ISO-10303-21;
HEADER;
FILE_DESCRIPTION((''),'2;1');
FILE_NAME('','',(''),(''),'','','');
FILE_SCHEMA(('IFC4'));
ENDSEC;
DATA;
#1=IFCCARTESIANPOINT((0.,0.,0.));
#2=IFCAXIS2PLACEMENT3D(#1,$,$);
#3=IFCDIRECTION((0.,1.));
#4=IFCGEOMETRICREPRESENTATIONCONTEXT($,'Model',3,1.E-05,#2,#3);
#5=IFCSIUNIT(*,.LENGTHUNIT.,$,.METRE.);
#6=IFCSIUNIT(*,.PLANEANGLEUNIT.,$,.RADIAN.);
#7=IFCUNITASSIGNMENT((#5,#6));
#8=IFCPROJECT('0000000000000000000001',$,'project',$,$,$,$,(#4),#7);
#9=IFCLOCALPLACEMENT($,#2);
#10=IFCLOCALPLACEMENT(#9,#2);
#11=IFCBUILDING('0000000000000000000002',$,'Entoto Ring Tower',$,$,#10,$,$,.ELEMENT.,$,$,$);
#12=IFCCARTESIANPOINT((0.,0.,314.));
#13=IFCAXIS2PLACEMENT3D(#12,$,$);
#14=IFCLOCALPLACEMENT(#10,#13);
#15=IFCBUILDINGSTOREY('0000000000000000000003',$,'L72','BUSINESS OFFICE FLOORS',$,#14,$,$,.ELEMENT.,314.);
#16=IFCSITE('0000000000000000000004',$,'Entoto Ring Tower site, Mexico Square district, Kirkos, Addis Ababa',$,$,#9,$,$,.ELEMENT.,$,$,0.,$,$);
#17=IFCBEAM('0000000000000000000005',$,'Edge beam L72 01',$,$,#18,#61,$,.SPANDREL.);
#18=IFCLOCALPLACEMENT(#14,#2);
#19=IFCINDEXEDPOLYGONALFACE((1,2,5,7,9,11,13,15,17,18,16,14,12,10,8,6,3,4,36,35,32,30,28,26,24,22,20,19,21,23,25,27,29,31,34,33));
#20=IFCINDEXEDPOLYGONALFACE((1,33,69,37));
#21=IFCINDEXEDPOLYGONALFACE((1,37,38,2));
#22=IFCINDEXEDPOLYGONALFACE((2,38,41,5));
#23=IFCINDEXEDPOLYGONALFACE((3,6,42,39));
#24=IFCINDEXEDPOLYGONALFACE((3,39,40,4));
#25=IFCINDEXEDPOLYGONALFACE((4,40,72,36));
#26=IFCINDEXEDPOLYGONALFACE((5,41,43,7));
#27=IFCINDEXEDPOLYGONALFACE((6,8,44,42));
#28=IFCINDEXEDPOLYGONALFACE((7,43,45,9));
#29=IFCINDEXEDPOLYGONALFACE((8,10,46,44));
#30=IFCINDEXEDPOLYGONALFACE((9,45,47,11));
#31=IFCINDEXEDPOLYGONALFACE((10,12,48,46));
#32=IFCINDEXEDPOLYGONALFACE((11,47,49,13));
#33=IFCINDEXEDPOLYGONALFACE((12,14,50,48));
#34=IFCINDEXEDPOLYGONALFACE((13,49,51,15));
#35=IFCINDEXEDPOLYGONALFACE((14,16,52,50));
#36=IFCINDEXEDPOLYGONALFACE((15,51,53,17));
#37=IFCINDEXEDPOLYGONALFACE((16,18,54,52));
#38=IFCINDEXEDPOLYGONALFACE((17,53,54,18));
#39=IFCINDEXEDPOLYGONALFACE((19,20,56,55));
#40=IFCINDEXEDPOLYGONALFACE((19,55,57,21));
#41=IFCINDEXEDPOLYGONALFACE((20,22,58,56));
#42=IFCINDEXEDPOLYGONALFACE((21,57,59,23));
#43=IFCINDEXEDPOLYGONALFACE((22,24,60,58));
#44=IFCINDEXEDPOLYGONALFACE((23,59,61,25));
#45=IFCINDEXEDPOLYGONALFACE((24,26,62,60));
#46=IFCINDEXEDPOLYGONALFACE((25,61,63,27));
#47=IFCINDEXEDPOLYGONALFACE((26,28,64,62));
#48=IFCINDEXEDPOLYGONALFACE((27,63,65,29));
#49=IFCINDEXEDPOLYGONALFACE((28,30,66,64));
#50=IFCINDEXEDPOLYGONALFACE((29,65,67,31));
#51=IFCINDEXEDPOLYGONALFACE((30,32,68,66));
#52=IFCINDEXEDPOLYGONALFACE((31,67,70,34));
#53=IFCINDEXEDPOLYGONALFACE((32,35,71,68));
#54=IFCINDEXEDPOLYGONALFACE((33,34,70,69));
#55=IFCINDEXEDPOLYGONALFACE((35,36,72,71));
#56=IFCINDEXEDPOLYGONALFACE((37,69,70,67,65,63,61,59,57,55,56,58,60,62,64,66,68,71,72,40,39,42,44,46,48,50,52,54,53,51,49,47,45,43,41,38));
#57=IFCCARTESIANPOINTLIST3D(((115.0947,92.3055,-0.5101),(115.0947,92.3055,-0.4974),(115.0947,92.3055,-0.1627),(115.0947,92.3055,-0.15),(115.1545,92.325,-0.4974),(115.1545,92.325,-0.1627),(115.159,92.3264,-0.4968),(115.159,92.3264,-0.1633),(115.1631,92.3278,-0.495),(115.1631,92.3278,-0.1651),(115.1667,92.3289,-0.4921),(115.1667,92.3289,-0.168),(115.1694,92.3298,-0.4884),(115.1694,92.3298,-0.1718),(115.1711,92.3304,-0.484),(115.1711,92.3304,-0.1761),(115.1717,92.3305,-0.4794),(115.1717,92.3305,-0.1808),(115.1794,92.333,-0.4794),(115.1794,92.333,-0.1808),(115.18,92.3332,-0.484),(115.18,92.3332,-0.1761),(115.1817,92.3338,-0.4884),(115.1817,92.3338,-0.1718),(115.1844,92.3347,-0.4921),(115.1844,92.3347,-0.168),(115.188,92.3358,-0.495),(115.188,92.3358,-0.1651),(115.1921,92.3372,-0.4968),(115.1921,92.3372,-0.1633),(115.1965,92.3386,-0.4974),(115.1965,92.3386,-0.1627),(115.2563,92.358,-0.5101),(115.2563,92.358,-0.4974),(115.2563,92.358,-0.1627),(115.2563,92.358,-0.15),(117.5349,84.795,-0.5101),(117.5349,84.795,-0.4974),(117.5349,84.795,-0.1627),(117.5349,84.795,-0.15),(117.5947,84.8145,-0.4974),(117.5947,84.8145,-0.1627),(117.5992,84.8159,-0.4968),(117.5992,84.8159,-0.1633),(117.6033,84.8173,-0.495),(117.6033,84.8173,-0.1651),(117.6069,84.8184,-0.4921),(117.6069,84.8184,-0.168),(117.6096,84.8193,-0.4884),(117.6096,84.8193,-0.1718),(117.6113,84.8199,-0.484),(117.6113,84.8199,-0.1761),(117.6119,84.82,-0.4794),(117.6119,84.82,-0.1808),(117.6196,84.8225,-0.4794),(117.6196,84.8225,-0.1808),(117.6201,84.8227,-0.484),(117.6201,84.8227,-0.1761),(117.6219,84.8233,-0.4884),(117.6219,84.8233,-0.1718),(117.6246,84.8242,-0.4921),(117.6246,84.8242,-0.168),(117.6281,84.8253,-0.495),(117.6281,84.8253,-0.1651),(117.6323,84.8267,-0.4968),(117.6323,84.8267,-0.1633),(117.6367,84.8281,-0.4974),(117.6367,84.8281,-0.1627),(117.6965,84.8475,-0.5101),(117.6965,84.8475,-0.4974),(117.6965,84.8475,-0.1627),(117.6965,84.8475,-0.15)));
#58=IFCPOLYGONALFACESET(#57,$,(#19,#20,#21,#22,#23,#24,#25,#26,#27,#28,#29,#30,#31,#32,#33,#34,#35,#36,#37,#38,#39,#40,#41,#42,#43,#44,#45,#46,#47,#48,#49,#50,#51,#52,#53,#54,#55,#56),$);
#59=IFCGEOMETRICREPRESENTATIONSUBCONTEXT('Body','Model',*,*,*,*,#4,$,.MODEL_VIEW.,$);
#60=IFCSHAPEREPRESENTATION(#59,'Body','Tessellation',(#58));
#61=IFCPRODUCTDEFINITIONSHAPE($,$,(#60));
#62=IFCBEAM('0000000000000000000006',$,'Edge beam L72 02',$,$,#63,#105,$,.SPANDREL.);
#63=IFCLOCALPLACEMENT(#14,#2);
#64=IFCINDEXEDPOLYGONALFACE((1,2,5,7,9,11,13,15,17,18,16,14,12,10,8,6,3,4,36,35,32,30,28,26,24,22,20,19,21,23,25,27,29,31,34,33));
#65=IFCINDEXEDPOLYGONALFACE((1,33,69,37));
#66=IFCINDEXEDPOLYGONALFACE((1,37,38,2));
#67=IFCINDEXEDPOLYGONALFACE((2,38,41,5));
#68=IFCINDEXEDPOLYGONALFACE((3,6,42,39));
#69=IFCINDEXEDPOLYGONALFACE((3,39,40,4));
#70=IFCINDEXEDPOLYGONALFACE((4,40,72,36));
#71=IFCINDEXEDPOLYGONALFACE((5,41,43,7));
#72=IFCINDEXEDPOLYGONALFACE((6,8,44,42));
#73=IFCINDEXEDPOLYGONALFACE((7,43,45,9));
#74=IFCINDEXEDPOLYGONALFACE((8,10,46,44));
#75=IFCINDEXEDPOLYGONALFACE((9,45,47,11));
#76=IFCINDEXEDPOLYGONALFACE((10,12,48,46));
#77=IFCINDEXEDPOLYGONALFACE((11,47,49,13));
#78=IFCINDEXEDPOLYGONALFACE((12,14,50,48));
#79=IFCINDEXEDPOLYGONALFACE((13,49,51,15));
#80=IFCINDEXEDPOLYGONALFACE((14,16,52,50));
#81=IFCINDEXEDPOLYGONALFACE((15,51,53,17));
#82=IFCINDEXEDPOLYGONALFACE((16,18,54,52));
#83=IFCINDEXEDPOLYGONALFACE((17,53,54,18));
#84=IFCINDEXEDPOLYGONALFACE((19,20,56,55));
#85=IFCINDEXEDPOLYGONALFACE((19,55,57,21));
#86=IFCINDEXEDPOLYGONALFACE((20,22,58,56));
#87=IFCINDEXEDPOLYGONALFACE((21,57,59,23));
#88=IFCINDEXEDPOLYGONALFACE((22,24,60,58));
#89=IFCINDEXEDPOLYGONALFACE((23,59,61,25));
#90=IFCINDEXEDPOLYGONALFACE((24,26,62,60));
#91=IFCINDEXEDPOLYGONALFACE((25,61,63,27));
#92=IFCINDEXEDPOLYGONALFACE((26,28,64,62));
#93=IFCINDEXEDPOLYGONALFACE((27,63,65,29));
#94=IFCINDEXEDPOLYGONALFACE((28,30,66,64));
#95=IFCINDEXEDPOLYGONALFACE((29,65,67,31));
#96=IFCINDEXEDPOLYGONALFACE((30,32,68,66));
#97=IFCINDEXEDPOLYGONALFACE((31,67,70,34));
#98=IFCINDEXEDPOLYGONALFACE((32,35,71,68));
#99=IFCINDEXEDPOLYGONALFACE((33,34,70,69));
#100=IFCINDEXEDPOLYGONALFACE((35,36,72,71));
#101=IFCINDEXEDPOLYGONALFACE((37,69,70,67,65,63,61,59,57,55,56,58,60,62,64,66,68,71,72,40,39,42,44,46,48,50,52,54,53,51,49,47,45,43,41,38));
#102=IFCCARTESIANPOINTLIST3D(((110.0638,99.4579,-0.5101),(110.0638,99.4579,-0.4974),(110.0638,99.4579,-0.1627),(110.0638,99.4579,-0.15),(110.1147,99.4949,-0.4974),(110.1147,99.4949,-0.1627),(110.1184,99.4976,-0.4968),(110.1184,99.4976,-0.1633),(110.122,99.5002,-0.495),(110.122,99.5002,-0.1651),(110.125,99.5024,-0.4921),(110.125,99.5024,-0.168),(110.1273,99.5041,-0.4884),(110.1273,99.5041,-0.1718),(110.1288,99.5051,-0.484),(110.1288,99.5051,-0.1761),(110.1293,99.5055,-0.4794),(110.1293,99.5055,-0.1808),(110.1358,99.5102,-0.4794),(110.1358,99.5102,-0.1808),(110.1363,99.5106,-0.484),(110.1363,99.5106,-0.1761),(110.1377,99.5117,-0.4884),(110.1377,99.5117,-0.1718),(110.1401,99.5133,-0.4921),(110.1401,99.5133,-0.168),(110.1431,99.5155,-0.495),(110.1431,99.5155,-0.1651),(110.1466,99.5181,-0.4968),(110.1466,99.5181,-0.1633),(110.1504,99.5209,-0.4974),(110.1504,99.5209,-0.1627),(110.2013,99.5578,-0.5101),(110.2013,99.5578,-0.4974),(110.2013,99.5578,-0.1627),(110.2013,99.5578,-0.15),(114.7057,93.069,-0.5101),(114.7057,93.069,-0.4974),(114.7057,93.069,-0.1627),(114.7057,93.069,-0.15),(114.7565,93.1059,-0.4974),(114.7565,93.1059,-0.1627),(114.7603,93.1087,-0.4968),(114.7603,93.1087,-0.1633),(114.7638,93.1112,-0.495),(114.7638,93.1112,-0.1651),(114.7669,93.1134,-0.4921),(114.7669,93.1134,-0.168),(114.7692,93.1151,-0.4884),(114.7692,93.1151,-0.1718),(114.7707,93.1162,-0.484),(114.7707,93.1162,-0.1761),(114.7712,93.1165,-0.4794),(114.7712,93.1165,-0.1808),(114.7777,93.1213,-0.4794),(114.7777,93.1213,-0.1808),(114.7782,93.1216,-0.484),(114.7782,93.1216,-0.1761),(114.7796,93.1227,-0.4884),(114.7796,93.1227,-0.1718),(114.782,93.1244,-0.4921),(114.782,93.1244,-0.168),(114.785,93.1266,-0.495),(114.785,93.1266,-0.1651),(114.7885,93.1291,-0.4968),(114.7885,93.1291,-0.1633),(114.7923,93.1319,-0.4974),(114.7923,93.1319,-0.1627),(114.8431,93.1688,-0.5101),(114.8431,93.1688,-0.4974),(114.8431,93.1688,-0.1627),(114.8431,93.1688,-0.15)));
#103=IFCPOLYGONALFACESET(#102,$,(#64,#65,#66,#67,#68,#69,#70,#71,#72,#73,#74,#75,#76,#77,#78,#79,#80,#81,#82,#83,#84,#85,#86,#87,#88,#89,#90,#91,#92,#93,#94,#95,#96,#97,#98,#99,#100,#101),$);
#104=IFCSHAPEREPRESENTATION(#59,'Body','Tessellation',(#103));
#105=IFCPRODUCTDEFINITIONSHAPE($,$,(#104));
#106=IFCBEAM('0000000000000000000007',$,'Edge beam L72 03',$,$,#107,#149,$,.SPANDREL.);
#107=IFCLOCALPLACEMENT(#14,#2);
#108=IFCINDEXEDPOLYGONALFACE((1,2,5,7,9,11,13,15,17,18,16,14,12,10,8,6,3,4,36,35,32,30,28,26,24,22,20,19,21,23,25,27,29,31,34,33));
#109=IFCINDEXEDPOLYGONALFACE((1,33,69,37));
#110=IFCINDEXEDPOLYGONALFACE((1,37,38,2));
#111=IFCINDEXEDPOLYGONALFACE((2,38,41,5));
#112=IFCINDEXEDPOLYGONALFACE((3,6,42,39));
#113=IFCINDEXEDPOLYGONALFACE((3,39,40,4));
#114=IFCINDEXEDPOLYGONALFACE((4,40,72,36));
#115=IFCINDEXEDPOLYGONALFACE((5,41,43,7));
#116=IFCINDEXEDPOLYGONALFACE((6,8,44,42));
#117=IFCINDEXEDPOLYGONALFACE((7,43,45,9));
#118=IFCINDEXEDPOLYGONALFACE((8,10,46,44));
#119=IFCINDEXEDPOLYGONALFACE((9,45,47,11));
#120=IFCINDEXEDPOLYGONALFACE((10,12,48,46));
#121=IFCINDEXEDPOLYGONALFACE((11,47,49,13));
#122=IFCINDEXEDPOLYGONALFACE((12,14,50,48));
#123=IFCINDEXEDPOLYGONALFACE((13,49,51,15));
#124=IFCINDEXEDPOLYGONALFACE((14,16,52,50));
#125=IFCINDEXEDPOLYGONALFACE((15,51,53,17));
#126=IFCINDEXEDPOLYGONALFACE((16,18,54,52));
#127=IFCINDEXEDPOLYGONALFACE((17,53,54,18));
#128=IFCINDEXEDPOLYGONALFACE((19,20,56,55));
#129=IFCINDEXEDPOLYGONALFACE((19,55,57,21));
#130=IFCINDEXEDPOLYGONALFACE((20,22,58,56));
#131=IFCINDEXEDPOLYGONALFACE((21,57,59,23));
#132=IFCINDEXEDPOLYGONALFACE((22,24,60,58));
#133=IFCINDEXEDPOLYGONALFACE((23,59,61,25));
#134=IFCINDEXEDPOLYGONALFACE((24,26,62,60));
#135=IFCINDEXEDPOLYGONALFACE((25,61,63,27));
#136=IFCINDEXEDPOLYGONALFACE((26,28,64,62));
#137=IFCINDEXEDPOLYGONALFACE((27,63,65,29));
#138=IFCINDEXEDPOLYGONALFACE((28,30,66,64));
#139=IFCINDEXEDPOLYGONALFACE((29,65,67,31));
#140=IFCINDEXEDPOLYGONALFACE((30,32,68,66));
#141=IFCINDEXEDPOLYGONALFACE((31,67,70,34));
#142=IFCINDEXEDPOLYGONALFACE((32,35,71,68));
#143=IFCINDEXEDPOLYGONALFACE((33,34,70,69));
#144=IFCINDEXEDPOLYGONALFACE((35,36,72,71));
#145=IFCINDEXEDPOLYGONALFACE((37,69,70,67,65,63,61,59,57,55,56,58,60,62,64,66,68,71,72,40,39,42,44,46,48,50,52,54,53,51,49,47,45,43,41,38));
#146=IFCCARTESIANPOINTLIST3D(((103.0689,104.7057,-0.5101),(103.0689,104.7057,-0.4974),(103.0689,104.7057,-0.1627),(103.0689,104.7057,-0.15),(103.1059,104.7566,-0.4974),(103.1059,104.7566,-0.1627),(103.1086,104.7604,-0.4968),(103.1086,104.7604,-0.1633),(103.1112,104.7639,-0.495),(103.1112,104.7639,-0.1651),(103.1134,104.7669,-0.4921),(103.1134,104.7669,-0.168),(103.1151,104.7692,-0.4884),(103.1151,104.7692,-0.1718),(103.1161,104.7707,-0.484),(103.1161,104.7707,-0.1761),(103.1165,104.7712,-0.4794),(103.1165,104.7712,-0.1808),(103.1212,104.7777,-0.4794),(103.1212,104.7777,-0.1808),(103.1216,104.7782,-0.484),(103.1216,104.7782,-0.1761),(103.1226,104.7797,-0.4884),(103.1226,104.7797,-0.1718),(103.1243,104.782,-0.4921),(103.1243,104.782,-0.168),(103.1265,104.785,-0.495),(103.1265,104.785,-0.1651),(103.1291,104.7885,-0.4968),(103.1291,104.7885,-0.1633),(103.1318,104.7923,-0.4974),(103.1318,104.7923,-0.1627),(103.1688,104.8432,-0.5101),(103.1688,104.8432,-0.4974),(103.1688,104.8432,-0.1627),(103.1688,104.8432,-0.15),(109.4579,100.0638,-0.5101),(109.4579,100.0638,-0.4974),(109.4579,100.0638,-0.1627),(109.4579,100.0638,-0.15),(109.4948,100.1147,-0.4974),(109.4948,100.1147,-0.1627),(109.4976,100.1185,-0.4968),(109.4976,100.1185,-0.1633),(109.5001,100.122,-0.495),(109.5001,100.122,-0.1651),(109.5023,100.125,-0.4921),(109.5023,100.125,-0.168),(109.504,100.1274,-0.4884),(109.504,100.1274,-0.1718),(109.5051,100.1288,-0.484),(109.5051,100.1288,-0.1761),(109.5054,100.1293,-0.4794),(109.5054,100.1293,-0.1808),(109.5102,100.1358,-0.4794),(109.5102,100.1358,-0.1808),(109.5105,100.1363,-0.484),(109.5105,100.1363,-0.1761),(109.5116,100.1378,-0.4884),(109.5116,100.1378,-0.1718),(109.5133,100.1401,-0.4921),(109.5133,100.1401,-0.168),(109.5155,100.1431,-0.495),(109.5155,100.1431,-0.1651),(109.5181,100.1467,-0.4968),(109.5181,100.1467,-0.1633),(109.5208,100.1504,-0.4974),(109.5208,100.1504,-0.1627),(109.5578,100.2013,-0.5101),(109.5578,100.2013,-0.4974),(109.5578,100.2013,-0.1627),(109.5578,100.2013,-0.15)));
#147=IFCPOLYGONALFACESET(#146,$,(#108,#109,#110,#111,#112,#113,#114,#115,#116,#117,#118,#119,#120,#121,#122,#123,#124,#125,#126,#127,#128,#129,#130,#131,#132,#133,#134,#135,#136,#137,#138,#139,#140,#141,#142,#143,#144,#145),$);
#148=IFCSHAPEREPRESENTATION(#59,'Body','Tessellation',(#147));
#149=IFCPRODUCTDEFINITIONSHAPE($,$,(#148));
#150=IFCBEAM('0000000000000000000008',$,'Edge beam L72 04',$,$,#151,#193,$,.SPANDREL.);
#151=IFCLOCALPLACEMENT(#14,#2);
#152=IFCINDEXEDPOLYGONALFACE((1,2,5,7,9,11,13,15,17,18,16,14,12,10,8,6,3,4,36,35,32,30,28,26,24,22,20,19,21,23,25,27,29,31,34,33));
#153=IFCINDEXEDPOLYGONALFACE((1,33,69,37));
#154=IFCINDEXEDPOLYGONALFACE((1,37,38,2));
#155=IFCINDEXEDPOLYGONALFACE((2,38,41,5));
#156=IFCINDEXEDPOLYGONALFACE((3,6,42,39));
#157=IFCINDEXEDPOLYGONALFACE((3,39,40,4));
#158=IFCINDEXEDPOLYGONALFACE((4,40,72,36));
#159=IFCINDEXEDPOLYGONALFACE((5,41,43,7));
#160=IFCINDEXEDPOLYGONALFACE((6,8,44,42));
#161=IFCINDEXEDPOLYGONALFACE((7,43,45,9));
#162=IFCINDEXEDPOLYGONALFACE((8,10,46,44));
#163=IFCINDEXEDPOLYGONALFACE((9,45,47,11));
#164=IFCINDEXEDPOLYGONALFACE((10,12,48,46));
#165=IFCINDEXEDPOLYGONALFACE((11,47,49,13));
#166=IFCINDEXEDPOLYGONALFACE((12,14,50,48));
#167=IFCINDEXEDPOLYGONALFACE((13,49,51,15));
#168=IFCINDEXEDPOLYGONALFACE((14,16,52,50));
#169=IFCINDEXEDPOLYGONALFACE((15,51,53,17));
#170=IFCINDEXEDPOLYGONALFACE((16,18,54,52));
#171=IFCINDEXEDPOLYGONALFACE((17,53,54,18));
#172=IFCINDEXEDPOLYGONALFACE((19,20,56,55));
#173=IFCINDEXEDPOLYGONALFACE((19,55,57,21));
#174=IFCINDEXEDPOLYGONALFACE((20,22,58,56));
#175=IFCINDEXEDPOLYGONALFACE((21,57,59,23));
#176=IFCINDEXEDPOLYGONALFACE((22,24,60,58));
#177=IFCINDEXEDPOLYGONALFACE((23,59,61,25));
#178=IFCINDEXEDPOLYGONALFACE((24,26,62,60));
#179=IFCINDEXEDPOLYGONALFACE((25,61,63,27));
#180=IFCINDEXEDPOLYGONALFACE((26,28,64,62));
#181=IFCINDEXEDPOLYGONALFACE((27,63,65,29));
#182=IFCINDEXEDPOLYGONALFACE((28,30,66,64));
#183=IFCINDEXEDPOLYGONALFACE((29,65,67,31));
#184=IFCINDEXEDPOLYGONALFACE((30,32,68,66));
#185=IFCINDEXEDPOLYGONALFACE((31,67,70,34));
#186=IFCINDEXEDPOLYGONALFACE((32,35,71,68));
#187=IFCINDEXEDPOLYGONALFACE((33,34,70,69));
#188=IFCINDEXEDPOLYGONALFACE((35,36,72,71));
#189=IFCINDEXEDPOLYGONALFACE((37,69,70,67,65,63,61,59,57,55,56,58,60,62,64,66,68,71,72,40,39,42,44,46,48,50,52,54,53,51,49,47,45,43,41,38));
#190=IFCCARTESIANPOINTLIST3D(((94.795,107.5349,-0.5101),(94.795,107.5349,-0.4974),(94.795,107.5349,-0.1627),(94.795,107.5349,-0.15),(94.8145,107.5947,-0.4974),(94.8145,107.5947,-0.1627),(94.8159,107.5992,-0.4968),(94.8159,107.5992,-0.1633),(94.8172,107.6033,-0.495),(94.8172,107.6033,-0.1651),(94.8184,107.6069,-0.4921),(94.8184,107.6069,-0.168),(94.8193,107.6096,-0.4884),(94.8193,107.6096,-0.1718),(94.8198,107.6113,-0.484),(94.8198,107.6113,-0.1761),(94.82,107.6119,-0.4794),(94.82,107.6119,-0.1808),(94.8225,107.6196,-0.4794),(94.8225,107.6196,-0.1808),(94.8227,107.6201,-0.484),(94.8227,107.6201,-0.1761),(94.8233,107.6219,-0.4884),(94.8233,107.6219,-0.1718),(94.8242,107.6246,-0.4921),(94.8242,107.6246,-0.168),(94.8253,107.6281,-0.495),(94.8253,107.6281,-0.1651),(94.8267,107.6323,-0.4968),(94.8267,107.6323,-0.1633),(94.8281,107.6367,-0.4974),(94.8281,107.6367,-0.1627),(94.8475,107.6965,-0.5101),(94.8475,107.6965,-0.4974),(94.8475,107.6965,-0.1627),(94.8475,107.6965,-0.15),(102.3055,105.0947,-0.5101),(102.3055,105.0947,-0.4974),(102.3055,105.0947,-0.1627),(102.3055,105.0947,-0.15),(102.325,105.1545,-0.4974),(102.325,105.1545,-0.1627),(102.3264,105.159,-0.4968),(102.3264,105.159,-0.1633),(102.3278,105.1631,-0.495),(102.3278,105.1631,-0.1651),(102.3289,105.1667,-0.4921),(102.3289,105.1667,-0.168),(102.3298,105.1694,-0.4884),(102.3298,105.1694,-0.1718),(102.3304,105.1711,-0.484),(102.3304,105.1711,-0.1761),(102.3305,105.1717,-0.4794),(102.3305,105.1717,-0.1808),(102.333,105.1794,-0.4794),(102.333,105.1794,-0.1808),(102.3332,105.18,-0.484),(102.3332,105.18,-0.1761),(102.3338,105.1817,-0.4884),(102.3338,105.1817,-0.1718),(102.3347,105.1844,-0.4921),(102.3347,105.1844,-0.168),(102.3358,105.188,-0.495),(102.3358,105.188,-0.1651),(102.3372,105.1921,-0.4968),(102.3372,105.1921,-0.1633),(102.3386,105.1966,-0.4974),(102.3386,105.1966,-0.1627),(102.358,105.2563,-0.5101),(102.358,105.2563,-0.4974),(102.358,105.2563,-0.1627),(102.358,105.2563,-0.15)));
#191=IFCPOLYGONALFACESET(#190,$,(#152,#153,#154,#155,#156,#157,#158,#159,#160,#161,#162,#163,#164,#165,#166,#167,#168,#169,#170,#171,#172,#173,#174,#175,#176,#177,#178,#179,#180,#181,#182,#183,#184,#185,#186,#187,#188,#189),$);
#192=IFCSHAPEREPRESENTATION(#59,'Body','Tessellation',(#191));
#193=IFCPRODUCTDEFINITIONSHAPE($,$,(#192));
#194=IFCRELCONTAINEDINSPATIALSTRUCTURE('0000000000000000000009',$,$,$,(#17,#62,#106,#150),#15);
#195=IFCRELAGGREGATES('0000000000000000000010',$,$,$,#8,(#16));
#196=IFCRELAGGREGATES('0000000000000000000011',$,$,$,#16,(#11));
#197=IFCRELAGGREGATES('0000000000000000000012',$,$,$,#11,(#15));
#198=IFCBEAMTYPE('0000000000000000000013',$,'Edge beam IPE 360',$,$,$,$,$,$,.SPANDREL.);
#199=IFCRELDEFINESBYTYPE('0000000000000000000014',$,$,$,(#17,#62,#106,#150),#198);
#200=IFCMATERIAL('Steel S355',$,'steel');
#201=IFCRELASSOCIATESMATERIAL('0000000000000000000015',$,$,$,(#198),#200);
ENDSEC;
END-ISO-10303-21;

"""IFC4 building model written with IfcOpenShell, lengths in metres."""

from ifc_helpers import new_model, si_unit, direction, frame, origin, origin_2d, place, context, subcontext, project, spatial, i_section, extrude, material, material_profile, profile_set, type_object, element, save


model = new_model("IFC4")

# Units and contexts
model_context = context("Model", 3, precision=1e-05, world=origin(), true_north=direction((0.0, 1.0)))
body_context = subcontext(model_context, "Body", "Model", "MODEL_VIEW")
ifc_project = project(units=[si_unit("LENGTHUNIT", "METRE"), si_unit("PLANEANGLEUNIT", "RADIAN")], contexts=[model_context])

# Site, building, storey
site_placement = place(None, origin())
site = spatial("IfcSite", under=ifc_project, at=site_placement, Name="Entoto Ring Tower site, Mexico Square district, Kirkos, Addis Ababa", CompositionType="ELEMENT", RefElevation=0.0)
building_placement = place(site_placement, origin())
building = spatial("IfcBuilding", under=site, at=building_placement, Name="Entoto Ring Tower", CompositionType="ELEMENT")
storey_placement = place(building_placement, frame((0.0, 0.0, 314.0)))
storey = spatial("IfcBuildingStorey", under=building, at=storey_placement, Name="L72", Description="BUSINESS OFFICE FLOORS", CompositionType="ELEMENT", Elevation=314.0)

# Beams
ifc_material_1 = material(Name="Steel S355", Category="steel")
ifc_material_profile_1 = material_profile(ifc_material_1, i_section(OverallWidth=0.1699, OverallDepth=0.3601, WebThickness=0.0081, FlangeThickness=0.0127, FilletRadius=0.0181, at=origin_2d()), Name="IPE 360")
ifc_profile_set_1 = profile_set([ifc_material_profile_1], Name="Steel S355")
beam_type_1 = type_object("IfcBeamType", Name="Edge beam IPE 360", PredefinedType="SPANDREL", material=ifc_profile_set_1)
beam_1_placement = place(storey_placement, frame((117.6157, 84.8213, -0.3301), z_axis=(-0.309003, 0.951061, 0.0), x_axis=(-0.951061, -0.309003, 0.0)))
element("IfcBeam", 1, at=beam_1_placement, inside=storey, type_object=beam_type_1, Name="Edge beam L72 01", PredefinedType="SPANDREL", context=body_context, shape_type="SweptSolid", body=[
    extrude(i_section(OverallWidth=0.1699, OverallDepth=0.3601, WebThickness=0.0081, FlangeThickness=0.0127, FilletRadius=0.0181, at=origin_2d()), origin(), (0.0, 0.0, 1.0), 7.897),
])
for number, where, z_axis, x_axis, name in (
    (2, (114.7744, 93.1189, -0.3301), (-0.587787, 0.809015, 0.0), (-0.809015, -0.587787, 0.0), "Edge beam L72 02"),
    (3, (109.5078, 100.1326, -0.3301), (-0.809015, 0.587787, 0.0), (-0.587787, -0.809015, 0.0), "Edge beam L72 03"),
):
    element("IfcBeam", number, at=place(storey_placement, frame(where, z_axis=z_axis, x_axis=x_axis)), inside=storey, type_object=beam_type_1, Name=name, PredefinedType="SPANDREL", context=body_context, shape_type="SweptSolid", body=[
        extrude(i_section(OverallWidth=0.1699, OverallDepth=0.3601, WebThickness=0.0081, FlangeThickness=0.0127, FilletRadius=0.0181, at=origin_2d()), origin(), (0.0, 0.0, 1.0), 7.8972),
    ])
beam_2_placement = place(storey_placement, frame((102.3318, 105.1755, -0.3301), z_axis=(-0.951061, 0.309003, 0.0), x_axis=(-0.309003, -0.951061, 0.0)))
element("IfcBeam", 4, at=beam_2_placement, inside=storey, type_object=beam_type_1, Name="Edge beam L72 04", PredefinedType="SPANDREL", context=body_context, shape_type="SweptSolid", body=[
    extrude(i_section(OverallWidth=0.1699, OverallDepth=0.3601, WebThickness=0.0081, FlangeThickness=0.0127, FilletRadius=0.0181, at=origin_2d()), origin(), (0.0, 0.0, 1.0), 7.897),
])

save(model, "model.ifc")
